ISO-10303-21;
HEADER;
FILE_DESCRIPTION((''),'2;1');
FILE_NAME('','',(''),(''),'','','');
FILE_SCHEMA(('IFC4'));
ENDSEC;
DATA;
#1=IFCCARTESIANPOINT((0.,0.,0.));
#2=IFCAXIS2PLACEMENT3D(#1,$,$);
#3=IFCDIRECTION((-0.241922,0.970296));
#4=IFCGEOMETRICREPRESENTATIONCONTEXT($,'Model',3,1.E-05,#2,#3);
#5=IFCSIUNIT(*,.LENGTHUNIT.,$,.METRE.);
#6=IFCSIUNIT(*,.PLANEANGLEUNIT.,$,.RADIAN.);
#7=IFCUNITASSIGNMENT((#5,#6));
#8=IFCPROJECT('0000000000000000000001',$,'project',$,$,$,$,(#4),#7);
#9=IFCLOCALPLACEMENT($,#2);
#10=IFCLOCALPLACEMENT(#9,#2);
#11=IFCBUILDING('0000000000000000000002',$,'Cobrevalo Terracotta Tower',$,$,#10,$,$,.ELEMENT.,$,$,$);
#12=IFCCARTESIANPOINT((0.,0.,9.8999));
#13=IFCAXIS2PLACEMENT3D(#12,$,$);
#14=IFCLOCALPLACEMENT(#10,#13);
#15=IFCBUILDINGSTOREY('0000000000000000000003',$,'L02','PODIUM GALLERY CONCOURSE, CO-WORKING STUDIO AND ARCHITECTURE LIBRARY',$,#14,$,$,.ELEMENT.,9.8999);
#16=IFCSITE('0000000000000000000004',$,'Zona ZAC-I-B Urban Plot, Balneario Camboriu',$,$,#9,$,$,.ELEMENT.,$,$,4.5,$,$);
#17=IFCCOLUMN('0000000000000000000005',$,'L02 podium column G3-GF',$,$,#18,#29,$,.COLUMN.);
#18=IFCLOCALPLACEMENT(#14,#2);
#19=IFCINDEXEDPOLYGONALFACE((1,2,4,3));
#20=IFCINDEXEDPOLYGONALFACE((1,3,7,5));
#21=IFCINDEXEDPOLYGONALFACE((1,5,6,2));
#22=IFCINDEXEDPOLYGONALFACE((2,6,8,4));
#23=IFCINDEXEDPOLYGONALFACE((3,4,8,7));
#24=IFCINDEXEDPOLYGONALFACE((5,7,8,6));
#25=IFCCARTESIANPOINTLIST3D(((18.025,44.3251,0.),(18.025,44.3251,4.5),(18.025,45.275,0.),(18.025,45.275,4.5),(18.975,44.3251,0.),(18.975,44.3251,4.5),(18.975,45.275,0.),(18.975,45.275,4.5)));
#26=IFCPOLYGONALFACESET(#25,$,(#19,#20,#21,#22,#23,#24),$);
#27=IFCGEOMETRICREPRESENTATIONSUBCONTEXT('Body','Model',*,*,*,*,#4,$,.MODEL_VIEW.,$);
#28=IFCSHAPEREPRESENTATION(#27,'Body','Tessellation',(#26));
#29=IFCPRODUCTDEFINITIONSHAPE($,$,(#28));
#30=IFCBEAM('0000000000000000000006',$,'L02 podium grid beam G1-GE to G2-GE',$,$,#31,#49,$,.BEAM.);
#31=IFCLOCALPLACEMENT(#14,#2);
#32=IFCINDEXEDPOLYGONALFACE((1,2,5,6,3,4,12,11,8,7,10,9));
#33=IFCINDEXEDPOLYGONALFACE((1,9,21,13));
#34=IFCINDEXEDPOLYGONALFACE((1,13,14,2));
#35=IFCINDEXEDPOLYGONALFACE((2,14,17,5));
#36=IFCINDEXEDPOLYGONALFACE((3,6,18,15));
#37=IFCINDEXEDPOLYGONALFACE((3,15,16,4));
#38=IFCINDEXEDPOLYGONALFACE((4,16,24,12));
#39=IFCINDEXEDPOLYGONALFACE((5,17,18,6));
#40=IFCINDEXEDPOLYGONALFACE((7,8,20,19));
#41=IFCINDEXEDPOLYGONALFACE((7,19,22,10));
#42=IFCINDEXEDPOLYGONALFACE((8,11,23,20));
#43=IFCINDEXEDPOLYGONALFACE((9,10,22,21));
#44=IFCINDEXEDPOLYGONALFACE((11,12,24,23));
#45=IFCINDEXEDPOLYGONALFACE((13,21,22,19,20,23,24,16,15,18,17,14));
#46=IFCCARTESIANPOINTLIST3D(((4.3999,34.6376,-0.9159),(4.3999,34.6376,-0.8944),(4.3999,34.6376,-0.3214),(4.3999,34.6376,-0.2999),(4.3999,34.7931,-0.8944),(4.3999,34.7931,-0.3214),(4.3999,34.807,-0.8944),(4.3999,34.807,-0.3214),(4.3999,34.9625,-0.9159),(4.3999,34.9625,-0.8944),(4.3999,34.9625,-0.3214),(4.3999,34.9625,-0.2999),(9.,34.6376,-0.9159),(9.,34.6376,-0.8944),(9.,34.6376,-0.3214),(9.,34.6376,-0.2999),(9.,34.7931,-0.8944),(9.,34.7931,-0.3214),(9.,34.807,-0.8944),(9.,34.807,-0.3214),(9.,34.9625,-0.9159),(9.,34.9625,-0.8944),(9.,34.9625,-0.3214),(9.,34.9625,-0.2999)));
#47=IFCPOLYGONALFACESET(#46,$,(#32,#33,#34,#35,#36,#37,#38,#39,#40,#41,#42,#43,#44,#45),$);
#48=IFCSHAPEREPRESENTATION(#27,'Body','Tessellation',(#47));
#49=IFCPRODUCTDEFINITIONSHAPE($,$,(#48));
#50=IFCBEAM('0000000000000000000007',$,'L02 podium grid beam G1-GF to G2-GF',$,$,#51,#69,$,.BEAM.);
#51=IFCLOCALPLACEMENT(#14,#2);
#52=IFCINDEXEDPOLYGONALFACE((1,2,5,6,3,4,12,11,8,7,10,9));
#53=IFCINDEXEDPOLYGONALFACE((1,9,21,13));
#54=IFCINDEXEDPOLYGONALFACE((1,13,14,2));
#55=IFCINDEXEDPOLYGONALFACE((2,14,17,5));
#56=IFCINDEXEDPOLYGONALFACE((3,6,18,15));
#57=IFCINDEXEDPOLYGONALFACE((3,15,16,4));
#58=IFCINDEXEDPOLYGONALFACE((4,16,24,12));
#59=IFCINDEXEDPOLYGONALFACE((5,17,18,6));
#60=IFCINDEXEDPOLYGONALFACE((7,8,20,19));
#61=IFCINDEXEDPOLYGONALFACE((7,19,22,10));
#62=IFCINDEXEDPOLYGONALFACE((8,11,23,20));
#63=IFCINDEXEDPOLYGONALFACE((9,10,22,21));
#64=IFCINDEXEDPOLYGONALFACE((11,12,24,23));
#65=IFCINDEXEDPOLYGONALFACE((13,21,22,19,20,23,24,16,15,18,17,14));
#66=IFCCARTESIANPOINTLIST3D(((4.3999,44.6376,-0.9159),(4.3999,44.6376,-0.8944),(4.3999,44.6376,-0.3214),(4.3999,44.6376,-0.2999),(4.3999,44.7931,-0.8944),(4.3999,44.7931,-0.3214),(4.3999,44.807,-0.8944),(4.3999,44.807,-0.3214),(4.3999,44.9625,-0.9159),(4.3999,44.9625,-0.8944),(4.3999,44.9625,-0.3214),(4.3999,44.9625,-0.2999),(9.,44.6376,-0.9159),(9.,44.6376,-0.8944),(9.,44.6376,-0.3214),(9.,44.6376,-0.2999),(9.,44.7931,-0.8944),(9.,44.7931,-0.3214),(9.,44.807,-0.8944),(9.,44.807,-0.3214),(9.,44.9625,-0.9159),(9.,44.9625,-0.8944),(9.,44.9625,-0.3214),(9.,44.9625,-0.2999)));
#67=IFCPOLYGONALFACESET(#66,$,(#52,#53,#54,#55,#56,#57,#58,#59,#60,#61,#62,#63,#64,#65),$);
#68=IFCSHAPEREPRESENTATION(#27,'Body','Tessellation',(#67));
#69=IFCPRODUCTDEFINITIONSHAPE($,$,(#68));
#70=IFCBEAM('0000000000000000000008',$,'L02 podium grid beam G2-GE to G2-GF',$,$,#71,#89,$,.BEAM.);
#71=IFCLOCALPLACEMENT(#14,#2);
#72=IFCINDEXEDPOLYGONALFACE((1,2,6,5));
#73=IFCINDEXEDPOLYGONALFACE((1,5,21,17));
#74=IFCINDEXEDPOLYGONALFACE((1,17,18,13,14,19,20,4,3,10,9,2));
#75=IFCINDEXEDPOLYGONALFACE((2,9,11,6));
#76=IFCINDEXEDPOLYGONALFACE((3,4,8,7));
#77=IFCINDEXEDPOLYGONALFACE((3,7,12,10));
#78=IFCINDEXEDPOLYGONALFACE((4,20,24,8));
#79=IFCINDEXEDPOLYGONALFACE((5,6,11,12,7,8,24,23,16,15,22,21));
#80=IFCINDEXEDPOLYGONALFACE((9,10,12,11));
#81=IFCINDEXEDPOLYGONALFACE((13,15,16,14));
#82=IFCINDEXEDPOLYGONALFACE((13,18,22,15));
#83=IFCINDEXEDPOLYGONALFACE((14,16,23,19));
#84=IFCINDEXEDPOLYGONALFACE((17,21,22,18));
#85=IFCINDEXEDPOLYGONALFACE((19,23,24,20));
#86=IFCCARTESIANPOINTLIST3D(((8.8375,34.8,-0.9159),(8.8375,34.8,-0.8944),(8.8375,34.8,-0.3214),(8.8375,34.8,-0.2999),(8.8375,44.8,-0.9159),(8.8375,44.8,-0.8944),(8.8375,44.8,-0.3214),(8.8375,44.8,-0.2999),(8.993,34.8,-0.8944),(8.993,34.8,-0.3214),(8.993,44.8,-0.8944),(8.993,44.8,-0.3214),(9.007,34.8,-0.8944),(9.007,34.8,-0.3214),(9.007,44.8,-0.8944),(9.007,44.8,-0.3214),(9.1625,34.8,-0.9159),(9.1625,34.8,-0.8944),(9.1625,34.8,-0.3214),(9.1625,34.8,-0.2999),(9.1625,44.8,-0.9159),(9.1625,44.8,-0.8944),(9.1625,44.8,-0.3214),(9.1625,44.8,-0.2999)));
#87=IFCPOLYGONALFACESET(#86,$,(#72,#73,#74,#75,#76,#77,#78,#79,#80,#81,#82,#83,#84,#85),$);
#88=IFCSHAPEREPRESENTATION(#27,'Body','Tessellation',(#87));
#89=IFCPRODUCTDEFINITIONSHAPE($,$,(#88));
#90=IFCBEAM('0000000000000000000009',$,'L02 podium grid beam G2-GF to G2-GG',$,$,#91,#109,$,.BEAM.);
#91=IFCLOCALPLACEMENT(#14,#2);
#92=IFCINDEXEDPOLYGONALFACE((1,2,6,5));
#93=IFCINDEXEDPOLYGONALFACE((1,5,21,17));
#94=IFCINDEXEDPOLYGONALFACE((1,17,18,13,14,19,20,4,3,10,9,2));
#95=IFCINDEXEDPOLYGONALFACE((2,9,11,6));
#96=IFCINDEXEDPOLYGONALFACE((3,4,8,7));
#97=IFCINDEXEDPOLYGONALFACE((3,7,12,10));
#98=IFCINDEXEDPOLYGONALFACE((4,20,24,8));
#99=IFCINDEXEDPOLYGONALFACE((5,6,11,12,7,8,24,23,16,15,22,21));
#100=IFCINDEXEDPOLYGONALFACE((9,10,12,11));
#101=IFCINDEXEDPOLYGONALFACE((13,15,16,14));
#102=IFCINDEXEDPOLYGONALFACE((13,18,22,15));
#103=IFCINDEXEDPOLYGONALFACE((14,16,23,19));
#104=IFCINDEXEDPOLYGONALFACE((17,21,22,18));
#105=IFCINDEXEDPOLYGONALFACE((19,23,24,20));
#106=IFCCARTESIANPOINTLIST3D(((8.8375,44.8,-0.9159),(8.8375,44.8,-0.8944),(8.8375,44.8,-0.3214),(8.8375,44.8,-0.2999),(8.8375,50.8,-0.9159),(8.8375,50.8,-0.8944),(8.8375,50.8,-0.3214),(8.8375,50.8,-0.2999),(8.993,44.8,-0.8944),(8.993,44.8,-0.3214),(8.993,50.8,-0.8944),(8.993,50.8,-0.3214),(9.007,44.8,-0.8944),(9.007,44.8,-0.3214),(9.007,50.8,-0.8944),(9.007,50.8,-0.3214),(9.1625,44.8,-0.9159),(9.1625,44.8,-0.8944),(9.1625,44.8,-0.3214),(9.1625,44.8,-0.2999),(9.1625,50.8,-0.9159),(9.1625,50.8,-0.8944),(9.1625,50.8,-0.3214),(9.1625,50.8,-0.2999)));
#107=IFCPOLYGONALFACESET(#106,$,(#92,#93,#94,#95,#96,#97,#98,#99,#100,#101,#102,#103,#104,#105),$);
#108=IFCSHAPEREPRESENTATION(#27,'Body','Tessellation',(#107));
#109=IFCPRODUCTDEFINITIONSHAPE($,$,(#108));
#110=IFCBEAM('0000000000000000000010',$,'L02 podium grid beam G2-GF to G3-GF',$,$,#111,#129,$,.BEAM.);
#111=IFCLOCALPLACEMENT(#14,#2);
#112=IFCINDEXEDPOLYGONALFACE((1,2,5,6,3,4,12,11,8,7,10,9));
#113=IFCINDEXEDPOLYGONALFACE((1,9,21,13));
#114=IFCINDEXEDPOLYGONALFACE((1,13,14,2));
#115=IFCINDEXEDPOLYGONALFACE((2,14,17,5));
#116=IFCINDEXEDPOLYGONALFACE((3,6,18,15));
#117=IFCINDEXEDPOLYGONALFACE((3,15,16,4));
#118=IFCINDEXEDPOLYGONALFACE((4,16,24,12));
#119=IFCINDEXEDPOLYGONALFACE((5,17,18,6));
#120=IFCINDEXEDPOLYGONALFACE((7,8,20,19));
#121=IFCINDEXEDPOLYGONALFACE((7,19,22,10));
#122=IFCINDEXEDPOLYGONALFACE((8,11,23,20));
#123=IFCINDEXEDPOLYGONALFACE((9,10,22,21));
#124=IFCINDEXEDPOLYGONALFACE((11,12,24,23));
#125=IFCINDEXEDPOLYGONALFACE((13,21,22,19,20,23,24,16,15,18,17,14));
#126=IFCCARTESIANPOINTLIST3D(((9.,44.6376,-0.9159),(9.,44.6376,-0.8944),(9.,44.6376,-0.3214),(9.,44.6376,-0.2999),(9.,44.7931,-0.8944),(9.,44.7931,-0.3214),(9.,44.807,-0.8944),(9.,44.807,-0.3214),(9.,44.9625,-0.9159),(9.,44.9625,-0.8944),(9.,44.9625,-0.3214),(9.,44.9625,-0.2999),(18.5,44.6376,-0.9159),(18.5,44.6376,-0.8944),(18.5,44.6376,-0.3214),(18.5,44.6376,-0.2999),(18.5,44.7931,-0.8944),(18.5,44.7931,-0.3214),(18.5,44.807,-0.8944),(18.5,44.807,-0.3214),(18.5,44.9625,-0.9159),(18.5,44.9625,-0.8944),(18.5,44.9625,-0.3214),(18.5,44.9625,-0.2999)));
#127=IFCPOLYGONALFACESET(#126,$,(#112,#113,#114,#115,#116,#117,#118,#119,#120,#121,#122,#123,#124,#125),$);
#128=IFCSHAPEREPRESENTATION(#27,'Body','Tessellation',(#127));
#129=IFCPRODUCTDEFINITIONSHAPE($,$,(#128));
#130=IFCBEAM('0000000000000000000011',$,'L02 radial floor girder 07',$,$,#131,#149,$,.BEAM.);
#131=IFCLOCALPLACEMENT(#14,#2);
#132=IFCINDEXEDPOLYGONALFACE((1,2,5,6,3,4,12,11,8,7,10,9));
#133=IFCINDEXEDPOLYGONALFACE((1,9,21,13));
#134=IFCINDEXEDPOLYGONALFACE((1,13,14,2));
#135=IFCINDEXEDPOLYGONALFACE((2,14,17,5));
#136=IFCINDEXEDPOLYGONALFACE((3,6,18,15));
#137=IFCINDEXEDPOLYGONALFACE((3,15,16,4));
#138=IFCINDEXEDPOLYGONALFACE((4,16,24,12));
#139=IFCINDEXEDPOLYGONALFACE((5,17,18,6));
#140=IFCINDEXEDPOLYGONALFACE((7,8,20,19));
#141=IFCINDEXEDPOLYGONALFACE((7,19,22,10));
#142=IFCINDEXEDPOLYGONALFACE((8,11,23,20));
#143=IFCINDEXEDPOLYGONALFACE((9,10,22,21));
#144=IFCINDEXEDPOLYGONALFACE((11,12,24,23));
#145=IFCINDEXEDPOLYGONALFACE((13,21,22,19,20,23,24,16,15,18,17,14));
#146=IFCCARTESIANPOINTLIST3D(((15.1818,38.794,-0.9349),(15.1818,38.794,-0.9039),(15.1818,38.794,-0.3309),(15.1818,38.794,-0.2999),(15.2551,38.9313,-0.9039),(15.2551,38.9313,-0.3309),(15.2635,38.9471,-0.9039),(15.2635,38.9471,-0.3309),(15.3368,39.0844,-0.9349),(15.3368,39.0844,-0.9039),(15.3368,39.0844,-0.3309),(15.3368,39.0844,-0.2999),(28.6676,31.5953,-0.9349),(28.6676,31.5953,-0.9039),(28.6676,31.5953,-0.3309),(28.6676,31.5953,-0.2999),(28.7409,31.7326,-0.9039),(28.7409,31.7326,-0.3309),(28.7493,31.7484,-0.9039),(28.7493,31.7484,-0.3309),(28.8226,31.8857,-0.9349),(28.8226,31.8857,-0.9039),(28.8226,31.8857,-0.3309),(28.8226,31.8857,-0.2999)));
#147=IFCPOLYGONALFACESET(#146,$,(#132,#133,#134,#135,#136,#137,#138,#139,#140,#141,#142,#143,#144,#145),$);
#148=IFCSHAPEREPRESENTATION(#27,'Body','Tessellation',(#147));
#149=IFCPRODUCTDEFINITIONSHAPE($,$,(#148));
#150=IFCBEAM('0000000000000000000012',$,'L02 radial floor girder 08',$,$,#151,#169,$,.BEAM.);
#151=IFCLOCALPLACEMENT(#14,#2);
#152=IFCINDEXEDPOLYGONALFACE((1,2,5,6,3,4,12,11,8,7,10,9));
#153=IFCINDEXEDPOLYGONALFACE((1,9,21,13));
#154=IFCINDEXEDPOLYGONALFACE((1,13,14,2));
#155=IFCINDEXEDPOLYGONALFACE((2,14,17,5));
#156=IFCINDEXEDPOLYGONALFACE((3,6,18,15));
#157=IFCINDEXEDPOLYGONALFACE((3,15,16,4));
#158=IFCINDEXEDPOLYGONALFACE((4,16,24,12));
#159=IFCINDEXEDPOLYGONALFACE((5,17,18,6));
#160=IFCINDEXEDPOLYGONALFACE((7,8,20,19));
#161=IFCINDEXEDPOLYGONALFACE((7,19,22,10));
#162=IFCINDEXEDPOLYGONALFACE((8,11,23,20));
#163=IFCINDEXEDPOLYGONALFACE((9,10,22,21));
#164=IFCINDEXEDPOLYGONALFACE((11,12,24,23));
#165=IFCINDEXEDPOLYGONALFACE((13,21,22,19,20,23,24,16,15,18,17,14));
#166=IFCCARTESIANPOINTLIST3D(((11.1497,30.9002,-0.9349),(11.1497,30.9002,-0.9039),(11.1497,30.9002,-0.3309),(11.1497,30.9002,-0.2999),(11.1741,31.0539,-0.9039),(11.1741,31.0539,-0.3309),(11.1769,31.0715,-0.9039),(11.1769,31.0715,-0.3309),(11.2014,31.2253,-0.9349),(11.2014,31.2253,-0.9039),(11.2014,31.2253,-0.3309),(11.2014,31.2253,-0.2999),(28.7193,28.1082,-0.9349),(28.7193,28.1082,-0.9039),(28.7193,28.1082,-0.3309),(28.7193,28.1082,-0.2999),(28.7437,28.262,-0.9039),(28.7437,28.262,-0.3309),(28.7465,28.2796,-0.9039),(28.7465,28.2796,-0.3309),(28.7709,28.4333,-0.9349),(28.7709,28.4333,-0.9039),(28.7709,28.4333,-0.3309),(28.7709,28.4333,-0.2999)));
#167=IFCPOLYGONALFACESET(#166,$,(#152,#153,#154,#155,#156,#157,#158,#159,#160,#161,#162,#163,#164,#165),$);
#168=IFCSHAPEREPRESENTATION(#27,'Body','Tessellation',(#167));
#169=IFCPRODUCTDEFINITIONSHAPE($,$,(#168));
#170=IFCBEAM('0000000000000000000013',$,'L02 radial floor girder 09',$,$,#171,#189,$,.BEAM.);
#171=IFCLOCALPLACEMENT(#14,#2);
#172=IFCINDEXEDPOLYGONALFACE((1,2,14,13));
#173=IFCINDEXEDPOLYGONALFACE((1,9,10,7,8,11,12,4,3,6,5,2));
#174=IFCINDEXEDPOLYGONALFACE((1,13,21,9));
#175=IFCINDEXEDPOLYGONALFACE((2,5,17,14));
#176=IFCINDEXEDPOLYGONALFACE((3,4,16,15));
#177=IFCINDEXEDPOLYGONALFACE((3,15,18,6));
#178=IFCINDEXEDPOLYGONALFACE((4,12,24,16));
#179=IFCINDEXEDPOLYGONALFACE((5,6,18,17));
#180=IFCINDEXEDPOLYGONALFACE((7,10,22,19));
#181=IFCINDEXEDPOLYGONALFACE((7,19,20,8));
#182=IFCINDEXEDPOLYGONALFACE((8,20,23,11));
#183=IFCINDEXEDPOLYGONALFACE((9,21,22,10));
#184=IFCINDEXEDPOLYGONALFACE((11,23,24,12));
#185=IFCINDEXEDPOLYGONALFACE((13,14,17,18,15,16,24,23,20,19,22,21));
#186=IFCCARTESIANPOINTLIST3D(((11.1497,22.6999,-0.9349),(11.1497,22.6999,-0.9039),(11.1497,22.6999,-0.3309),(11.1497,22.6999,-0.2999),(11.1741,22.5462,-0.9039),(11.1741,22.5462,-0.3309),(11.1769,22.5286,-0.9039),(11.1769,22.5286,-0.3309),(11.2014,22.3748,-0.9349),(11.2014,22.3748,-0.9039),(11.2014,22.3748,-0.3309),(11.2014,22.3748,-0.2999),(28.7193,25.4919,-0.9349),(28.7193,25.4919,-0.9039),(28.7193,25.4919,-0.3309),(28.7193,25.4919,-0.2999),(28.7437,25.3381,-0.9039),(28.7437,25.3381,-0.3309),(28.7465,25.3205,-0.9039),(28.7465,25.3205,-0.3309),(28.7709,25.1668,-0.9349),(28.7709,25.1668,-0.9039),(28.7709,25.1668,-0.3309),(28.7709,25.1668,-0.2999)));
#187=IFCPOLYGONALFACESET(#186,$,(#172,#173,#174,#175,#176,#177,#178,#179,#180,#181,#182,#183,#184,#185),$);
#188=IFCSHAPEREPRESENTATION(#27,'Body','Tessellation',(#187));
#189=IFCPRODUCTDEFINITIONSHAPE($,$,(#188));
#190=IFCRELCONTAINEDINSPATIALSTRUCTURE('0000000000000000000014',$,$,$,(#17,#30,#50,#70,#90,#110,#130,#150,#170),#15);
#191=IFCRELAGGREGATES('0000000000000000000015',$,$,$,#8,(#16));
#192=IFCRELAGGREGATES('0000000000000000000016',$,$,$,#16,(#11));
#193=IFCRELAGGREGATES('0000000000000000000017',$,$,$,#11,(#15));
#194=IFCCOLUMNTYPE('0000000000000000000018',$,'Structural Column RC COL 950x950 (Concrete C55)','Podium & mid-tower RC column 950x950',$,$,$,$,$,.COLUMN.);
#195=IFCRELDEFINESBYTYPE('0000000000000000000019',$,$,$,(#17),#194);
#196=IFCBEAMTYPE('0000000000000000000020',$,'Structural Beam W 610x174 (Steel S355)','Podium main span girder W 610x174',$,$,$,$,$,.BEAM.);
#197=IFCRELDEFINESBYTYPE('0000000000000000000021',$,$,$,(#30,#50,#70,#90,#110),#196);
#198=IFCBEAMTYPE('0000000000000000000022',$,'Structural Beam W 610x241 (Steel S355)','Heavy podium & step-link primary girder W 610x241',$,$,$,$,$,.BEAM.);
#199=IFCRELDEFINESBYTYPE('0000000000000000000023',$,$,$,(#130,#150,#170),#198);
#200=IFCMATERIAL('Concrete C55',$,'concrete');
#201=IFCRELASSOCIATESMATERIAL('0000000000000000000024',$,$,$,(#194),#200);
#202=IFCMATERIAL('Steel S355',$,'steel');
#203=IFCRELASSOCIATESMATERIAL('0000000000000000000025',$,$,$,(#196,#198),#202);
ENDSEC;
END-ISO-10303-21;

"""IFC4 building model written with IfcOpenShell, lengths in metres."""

from ifc_helpers import new_model, si_unit, direction, frame, origin, origin_2d, place, context, subcontext, project, spatial, rectangle, i_section, extrude, material, material_profile, profile_set, type_object, element, save


model = new_model("IFC4")

# Units and contexts
model_context = context("Model", 3, precision=1e-05, world=origin(), true_north=direction((-0.241922, 0.970296)))
body_context = subcontext(model_context, "Body", "Model", "MODEL_VIEW")
ifc_project = project(units=[si_unit("LENGTHUNIT", "METRE"), si_unit("PLANEANGLEUNIT", "RADIAN")], contexts=[model_context])

# Site, building, storey
site_placement = place(None, origin())
site = spatial("IfcSite", under=ifc_project, at=site_placement, Name="Zona ZAC-I-B Urban Plot, Balneario Camboriu", CompositionType="ELEMENT", RefElevation=4.5)
building_placement = place(site_placement, origin())
building = spatial("IfcBuilding", under=site, at=building_placement, Name="Cobrevalo Terracotta Tower", CompositionType="ELEMENT")
storey_placement = place(building_placement, frame((0.0, 0.0, 9.8999)))
storey = spatial("IfcBuildingStorey", under=building, at=storey_placement, Name="L02", Description="PODIUM GALLERY CONCOURSE, CO-WORKING STUDIO AND ARCHITECTURE LIBRARY", CompositionType="ELEMENT", Elevation=9.8999)

# Column
ifc_material_1 = material(Name="Steel S355", Category="steel")
ifc_material_2 = material(Name="Concrete C55", Category="concrete")
ifc_material_profile_1 = material_profile(ifc_material_2, rectangle(XDim=0.95, YDim=0.95, at=origin_2d()), Name="RC COL 950x950")
ifc_profile_set_1 = profile_set([ifc_material_profile_1], Name="Concrete C55")
column_type_1 = type_object("IfcColumnType", Name="Structural Column RC COL 950x950 (Concrete C55)", Description="Podium & mid-tower RC column 950x950", PredefinedType="COLUMN", material=ifc_profile_set_1)
for number, where, z_axis, x_axis, name in (
    (1, (18.5, 44.8, 0.0), (0.0, 0.0, 1.0), (1.0, 0.0, 0.0), "L02 podium column G3-GF"),
):
    element("IfcColumn", number, at=place(storey_placement, frame(where, z_axis=z_axis, x_axis=x_axis)), inside=storey, type_object=column_type_1, Name=name, PredefinedType="COLUMN", context=body_context, shape_type="SweptSolid", body=[
        extrude(rectangle(XDim=0.95, YDim=0.95, at=origin_2d()), origin(), (0.0, 0.0, 1.0), 4.5),
    ])

# Beams
ifc_material_profile_2 = material_profile(ifc_material_1, i_section(OverallWidth=0.325, OverallDepth=0.616, WebThickness=0.0139, FlangeThickness=0.0215, at=origin_2d()), Name="W 610x174")
ifc_profile_set_2 = profile_set([ifc_material_profile_2], Name="Steel S355")
beam_type_1 = type_object("IfcBeamType", Name="Structural Beam W 610x174 (Steel S355)", Description="Podium main span girder W 610x174", PredefinedType="BEAM", material=ifc_profile_set_2)
for number, where, z_axis, x_axis, name in (
    (2, (4.3999, 34.8, -0.6079), (1.0, 0.0, 0.0), (0.0, 1.0, 0.0), "L02 podium grid beam G1-GE to G2-GE"),
    (3, (4.3999, 44.8, -0.6079), (1.0, 0.0, 0.0), (0.0, 1.0, 0.0), "L02 podium grid beam G1-GF to G2-GF"),
):
    element("IfcBeam", number, at=place(storey_placement, frame(where, z_axis=z_axis, x_axis=x_axis)), inside=storey, type_object=beam_type_1, Name=name, PredefinedType="BEAM", context=body_context, shape_type="SweptSolid", body=[
        extrude(i_section(OverallWidth=0.325, OverallDepth=0.616, WebThickness=0.0139, FlangeThickness=0.0215, at=origin_2d()), origin(), (0.0, 0.0, 1.0), 4.6001),
    ])
beam_1_placement = place(storey_placement, frame((9.0, 34.8, -0.6079), z_axis=(0.0, 1.0, 0.0), x_axis=(-1.0, 0.0, 0.0)))
element("IfcBeam", 4, at=beam_1_placement, inside=storey, type_object=beam_type_1, Name="L02 podium grid beam G2-GE to G2-GF", PredefinedType="BEAM", context=body_context, shape_type="SweptSolid", body=[
    extrude(i_section(OverallWidth=0.325, OverallDepth=0.616, WebThickness=0.0139, FlangeThickness=0.0215, at=origin_2d()), origin(), (0.0, 0.0, 1.0), 10.0),
])
beam_2_placement = place(storey_placement, frame((9.0, 44.8, -0.6079), z_axis=(0.0, 1.0, 0.0), x_axis=(-1.0, 0.0, 0.0)))
element("IfcBeam", 5, at=beam_2_placement, inside=storey, type_object=beam_type_1, Name="L02 podium grid beam G2-GF to G2-GG", PredefinedType="BEAM", context=body_context, shape_type="SweptSolid", body=[
    extrude(i_section(OverallWidth=0.325, OverallDepth=0.616, WebThickness=0.0139, FlangeThickness=0.0215, at=origin_2d()), origin(), (0.0, 0.0, 1.0), 6.0),
])
beam_3_placement = place(storey_placement, frame((9.0, 44.8, -0.6079), z_axis=(1.0, 0.0, 0.0), x_axis=(0.0, 1.0, 0.0)))
element("IfcBeam", 6, at=beam_3_placement, inside=storey, type_object=beam_type_1, Name="L02 podium grid beam G2-GF to G3-GF", PredefinedType="BEAM", context=body_context, shape_type="SweptSolid", body=[
    extrude(i_section(OverallWidth=0.325, OverallDepth=0.616, WebThickness=0.0139, FlangeThickness=0.0215, at=origin_2d()), origin(), (0.0, 0.0, 1.0), 9.5),
])
ifc_material_profile_3 = material_profile(ifc_material_1, i_section(OverallWidth=0.3291, OverallDepth=0.635, WebThickness=0.0178, FlangeThickness=0.031, at=origin_2d()), Name="W 610x241")
ifc_profile_set_3 = profile_set([ifc_material_profile_3], Name="Steel S355")
beam_type_2 = type_object("IfcBeamType", Name="Structural Beam W 610x241 (Steel S355)", Description="Heavy podium & step-link primary girder W 610x241", PredefinedType="BEAM", material=ifc_profile_set_3)
beam_4_placement = place(storey_placement, frame((15.2593, 38.9392, -0.6174), z_axis=(0.882182, -0.470908, 0.0), x_axis=(0.470908, 0.882182, 0.0)))
element("IfcBeam", 7, at=beam_4_placement, inside=storey, type_object=beam_type_2, Name="L02 radial floor girder 07", PredefinedType="BEAM", context=body_context, shape_type="SweptSolid", body=[
    extrude(i_section(OverallWidth=0.3291, OverallDepth=0.635, WebThickness=0.0178, FlangeThickness=0.031, at=origin_2d()), origin(), (0.0, 0.0, 1.0), 15.2869),
])
for number, where, z_axis, x_axis, name in (
    (8, (11.1755, 31.0627, -0.6174), (0.987608, -0.156941, 0.0), (0.156941, 0.987608, 0.0), "L02 radial floor girder 08"),
    (9, (11.1755, 22.5374, -0.6174), (0.987608, 0.156941, 0.0), (-0.156941, 0.987608, 0.0), "L02 radial floor girder 09"),
):
    element("IfcBeam", number, at=place(storey_placement, frame(where, z_axis=z_axis, x_axis=x_axis)), inside=storey, type_object=beam_type_2, Name=name, PredefinedType="BEAM", context=body_context, shape_type="SweptSolid", body=[
        extrude(i_section(OverallWidth=0.3291, OverallDepth=0.635, WebThickness=0.0178, FlangeThickness=0.031, at=origin_2d()), origin(), (0.0, 0.0, 1.0), 17.79),
    ])

save(model, "model.ifc")
